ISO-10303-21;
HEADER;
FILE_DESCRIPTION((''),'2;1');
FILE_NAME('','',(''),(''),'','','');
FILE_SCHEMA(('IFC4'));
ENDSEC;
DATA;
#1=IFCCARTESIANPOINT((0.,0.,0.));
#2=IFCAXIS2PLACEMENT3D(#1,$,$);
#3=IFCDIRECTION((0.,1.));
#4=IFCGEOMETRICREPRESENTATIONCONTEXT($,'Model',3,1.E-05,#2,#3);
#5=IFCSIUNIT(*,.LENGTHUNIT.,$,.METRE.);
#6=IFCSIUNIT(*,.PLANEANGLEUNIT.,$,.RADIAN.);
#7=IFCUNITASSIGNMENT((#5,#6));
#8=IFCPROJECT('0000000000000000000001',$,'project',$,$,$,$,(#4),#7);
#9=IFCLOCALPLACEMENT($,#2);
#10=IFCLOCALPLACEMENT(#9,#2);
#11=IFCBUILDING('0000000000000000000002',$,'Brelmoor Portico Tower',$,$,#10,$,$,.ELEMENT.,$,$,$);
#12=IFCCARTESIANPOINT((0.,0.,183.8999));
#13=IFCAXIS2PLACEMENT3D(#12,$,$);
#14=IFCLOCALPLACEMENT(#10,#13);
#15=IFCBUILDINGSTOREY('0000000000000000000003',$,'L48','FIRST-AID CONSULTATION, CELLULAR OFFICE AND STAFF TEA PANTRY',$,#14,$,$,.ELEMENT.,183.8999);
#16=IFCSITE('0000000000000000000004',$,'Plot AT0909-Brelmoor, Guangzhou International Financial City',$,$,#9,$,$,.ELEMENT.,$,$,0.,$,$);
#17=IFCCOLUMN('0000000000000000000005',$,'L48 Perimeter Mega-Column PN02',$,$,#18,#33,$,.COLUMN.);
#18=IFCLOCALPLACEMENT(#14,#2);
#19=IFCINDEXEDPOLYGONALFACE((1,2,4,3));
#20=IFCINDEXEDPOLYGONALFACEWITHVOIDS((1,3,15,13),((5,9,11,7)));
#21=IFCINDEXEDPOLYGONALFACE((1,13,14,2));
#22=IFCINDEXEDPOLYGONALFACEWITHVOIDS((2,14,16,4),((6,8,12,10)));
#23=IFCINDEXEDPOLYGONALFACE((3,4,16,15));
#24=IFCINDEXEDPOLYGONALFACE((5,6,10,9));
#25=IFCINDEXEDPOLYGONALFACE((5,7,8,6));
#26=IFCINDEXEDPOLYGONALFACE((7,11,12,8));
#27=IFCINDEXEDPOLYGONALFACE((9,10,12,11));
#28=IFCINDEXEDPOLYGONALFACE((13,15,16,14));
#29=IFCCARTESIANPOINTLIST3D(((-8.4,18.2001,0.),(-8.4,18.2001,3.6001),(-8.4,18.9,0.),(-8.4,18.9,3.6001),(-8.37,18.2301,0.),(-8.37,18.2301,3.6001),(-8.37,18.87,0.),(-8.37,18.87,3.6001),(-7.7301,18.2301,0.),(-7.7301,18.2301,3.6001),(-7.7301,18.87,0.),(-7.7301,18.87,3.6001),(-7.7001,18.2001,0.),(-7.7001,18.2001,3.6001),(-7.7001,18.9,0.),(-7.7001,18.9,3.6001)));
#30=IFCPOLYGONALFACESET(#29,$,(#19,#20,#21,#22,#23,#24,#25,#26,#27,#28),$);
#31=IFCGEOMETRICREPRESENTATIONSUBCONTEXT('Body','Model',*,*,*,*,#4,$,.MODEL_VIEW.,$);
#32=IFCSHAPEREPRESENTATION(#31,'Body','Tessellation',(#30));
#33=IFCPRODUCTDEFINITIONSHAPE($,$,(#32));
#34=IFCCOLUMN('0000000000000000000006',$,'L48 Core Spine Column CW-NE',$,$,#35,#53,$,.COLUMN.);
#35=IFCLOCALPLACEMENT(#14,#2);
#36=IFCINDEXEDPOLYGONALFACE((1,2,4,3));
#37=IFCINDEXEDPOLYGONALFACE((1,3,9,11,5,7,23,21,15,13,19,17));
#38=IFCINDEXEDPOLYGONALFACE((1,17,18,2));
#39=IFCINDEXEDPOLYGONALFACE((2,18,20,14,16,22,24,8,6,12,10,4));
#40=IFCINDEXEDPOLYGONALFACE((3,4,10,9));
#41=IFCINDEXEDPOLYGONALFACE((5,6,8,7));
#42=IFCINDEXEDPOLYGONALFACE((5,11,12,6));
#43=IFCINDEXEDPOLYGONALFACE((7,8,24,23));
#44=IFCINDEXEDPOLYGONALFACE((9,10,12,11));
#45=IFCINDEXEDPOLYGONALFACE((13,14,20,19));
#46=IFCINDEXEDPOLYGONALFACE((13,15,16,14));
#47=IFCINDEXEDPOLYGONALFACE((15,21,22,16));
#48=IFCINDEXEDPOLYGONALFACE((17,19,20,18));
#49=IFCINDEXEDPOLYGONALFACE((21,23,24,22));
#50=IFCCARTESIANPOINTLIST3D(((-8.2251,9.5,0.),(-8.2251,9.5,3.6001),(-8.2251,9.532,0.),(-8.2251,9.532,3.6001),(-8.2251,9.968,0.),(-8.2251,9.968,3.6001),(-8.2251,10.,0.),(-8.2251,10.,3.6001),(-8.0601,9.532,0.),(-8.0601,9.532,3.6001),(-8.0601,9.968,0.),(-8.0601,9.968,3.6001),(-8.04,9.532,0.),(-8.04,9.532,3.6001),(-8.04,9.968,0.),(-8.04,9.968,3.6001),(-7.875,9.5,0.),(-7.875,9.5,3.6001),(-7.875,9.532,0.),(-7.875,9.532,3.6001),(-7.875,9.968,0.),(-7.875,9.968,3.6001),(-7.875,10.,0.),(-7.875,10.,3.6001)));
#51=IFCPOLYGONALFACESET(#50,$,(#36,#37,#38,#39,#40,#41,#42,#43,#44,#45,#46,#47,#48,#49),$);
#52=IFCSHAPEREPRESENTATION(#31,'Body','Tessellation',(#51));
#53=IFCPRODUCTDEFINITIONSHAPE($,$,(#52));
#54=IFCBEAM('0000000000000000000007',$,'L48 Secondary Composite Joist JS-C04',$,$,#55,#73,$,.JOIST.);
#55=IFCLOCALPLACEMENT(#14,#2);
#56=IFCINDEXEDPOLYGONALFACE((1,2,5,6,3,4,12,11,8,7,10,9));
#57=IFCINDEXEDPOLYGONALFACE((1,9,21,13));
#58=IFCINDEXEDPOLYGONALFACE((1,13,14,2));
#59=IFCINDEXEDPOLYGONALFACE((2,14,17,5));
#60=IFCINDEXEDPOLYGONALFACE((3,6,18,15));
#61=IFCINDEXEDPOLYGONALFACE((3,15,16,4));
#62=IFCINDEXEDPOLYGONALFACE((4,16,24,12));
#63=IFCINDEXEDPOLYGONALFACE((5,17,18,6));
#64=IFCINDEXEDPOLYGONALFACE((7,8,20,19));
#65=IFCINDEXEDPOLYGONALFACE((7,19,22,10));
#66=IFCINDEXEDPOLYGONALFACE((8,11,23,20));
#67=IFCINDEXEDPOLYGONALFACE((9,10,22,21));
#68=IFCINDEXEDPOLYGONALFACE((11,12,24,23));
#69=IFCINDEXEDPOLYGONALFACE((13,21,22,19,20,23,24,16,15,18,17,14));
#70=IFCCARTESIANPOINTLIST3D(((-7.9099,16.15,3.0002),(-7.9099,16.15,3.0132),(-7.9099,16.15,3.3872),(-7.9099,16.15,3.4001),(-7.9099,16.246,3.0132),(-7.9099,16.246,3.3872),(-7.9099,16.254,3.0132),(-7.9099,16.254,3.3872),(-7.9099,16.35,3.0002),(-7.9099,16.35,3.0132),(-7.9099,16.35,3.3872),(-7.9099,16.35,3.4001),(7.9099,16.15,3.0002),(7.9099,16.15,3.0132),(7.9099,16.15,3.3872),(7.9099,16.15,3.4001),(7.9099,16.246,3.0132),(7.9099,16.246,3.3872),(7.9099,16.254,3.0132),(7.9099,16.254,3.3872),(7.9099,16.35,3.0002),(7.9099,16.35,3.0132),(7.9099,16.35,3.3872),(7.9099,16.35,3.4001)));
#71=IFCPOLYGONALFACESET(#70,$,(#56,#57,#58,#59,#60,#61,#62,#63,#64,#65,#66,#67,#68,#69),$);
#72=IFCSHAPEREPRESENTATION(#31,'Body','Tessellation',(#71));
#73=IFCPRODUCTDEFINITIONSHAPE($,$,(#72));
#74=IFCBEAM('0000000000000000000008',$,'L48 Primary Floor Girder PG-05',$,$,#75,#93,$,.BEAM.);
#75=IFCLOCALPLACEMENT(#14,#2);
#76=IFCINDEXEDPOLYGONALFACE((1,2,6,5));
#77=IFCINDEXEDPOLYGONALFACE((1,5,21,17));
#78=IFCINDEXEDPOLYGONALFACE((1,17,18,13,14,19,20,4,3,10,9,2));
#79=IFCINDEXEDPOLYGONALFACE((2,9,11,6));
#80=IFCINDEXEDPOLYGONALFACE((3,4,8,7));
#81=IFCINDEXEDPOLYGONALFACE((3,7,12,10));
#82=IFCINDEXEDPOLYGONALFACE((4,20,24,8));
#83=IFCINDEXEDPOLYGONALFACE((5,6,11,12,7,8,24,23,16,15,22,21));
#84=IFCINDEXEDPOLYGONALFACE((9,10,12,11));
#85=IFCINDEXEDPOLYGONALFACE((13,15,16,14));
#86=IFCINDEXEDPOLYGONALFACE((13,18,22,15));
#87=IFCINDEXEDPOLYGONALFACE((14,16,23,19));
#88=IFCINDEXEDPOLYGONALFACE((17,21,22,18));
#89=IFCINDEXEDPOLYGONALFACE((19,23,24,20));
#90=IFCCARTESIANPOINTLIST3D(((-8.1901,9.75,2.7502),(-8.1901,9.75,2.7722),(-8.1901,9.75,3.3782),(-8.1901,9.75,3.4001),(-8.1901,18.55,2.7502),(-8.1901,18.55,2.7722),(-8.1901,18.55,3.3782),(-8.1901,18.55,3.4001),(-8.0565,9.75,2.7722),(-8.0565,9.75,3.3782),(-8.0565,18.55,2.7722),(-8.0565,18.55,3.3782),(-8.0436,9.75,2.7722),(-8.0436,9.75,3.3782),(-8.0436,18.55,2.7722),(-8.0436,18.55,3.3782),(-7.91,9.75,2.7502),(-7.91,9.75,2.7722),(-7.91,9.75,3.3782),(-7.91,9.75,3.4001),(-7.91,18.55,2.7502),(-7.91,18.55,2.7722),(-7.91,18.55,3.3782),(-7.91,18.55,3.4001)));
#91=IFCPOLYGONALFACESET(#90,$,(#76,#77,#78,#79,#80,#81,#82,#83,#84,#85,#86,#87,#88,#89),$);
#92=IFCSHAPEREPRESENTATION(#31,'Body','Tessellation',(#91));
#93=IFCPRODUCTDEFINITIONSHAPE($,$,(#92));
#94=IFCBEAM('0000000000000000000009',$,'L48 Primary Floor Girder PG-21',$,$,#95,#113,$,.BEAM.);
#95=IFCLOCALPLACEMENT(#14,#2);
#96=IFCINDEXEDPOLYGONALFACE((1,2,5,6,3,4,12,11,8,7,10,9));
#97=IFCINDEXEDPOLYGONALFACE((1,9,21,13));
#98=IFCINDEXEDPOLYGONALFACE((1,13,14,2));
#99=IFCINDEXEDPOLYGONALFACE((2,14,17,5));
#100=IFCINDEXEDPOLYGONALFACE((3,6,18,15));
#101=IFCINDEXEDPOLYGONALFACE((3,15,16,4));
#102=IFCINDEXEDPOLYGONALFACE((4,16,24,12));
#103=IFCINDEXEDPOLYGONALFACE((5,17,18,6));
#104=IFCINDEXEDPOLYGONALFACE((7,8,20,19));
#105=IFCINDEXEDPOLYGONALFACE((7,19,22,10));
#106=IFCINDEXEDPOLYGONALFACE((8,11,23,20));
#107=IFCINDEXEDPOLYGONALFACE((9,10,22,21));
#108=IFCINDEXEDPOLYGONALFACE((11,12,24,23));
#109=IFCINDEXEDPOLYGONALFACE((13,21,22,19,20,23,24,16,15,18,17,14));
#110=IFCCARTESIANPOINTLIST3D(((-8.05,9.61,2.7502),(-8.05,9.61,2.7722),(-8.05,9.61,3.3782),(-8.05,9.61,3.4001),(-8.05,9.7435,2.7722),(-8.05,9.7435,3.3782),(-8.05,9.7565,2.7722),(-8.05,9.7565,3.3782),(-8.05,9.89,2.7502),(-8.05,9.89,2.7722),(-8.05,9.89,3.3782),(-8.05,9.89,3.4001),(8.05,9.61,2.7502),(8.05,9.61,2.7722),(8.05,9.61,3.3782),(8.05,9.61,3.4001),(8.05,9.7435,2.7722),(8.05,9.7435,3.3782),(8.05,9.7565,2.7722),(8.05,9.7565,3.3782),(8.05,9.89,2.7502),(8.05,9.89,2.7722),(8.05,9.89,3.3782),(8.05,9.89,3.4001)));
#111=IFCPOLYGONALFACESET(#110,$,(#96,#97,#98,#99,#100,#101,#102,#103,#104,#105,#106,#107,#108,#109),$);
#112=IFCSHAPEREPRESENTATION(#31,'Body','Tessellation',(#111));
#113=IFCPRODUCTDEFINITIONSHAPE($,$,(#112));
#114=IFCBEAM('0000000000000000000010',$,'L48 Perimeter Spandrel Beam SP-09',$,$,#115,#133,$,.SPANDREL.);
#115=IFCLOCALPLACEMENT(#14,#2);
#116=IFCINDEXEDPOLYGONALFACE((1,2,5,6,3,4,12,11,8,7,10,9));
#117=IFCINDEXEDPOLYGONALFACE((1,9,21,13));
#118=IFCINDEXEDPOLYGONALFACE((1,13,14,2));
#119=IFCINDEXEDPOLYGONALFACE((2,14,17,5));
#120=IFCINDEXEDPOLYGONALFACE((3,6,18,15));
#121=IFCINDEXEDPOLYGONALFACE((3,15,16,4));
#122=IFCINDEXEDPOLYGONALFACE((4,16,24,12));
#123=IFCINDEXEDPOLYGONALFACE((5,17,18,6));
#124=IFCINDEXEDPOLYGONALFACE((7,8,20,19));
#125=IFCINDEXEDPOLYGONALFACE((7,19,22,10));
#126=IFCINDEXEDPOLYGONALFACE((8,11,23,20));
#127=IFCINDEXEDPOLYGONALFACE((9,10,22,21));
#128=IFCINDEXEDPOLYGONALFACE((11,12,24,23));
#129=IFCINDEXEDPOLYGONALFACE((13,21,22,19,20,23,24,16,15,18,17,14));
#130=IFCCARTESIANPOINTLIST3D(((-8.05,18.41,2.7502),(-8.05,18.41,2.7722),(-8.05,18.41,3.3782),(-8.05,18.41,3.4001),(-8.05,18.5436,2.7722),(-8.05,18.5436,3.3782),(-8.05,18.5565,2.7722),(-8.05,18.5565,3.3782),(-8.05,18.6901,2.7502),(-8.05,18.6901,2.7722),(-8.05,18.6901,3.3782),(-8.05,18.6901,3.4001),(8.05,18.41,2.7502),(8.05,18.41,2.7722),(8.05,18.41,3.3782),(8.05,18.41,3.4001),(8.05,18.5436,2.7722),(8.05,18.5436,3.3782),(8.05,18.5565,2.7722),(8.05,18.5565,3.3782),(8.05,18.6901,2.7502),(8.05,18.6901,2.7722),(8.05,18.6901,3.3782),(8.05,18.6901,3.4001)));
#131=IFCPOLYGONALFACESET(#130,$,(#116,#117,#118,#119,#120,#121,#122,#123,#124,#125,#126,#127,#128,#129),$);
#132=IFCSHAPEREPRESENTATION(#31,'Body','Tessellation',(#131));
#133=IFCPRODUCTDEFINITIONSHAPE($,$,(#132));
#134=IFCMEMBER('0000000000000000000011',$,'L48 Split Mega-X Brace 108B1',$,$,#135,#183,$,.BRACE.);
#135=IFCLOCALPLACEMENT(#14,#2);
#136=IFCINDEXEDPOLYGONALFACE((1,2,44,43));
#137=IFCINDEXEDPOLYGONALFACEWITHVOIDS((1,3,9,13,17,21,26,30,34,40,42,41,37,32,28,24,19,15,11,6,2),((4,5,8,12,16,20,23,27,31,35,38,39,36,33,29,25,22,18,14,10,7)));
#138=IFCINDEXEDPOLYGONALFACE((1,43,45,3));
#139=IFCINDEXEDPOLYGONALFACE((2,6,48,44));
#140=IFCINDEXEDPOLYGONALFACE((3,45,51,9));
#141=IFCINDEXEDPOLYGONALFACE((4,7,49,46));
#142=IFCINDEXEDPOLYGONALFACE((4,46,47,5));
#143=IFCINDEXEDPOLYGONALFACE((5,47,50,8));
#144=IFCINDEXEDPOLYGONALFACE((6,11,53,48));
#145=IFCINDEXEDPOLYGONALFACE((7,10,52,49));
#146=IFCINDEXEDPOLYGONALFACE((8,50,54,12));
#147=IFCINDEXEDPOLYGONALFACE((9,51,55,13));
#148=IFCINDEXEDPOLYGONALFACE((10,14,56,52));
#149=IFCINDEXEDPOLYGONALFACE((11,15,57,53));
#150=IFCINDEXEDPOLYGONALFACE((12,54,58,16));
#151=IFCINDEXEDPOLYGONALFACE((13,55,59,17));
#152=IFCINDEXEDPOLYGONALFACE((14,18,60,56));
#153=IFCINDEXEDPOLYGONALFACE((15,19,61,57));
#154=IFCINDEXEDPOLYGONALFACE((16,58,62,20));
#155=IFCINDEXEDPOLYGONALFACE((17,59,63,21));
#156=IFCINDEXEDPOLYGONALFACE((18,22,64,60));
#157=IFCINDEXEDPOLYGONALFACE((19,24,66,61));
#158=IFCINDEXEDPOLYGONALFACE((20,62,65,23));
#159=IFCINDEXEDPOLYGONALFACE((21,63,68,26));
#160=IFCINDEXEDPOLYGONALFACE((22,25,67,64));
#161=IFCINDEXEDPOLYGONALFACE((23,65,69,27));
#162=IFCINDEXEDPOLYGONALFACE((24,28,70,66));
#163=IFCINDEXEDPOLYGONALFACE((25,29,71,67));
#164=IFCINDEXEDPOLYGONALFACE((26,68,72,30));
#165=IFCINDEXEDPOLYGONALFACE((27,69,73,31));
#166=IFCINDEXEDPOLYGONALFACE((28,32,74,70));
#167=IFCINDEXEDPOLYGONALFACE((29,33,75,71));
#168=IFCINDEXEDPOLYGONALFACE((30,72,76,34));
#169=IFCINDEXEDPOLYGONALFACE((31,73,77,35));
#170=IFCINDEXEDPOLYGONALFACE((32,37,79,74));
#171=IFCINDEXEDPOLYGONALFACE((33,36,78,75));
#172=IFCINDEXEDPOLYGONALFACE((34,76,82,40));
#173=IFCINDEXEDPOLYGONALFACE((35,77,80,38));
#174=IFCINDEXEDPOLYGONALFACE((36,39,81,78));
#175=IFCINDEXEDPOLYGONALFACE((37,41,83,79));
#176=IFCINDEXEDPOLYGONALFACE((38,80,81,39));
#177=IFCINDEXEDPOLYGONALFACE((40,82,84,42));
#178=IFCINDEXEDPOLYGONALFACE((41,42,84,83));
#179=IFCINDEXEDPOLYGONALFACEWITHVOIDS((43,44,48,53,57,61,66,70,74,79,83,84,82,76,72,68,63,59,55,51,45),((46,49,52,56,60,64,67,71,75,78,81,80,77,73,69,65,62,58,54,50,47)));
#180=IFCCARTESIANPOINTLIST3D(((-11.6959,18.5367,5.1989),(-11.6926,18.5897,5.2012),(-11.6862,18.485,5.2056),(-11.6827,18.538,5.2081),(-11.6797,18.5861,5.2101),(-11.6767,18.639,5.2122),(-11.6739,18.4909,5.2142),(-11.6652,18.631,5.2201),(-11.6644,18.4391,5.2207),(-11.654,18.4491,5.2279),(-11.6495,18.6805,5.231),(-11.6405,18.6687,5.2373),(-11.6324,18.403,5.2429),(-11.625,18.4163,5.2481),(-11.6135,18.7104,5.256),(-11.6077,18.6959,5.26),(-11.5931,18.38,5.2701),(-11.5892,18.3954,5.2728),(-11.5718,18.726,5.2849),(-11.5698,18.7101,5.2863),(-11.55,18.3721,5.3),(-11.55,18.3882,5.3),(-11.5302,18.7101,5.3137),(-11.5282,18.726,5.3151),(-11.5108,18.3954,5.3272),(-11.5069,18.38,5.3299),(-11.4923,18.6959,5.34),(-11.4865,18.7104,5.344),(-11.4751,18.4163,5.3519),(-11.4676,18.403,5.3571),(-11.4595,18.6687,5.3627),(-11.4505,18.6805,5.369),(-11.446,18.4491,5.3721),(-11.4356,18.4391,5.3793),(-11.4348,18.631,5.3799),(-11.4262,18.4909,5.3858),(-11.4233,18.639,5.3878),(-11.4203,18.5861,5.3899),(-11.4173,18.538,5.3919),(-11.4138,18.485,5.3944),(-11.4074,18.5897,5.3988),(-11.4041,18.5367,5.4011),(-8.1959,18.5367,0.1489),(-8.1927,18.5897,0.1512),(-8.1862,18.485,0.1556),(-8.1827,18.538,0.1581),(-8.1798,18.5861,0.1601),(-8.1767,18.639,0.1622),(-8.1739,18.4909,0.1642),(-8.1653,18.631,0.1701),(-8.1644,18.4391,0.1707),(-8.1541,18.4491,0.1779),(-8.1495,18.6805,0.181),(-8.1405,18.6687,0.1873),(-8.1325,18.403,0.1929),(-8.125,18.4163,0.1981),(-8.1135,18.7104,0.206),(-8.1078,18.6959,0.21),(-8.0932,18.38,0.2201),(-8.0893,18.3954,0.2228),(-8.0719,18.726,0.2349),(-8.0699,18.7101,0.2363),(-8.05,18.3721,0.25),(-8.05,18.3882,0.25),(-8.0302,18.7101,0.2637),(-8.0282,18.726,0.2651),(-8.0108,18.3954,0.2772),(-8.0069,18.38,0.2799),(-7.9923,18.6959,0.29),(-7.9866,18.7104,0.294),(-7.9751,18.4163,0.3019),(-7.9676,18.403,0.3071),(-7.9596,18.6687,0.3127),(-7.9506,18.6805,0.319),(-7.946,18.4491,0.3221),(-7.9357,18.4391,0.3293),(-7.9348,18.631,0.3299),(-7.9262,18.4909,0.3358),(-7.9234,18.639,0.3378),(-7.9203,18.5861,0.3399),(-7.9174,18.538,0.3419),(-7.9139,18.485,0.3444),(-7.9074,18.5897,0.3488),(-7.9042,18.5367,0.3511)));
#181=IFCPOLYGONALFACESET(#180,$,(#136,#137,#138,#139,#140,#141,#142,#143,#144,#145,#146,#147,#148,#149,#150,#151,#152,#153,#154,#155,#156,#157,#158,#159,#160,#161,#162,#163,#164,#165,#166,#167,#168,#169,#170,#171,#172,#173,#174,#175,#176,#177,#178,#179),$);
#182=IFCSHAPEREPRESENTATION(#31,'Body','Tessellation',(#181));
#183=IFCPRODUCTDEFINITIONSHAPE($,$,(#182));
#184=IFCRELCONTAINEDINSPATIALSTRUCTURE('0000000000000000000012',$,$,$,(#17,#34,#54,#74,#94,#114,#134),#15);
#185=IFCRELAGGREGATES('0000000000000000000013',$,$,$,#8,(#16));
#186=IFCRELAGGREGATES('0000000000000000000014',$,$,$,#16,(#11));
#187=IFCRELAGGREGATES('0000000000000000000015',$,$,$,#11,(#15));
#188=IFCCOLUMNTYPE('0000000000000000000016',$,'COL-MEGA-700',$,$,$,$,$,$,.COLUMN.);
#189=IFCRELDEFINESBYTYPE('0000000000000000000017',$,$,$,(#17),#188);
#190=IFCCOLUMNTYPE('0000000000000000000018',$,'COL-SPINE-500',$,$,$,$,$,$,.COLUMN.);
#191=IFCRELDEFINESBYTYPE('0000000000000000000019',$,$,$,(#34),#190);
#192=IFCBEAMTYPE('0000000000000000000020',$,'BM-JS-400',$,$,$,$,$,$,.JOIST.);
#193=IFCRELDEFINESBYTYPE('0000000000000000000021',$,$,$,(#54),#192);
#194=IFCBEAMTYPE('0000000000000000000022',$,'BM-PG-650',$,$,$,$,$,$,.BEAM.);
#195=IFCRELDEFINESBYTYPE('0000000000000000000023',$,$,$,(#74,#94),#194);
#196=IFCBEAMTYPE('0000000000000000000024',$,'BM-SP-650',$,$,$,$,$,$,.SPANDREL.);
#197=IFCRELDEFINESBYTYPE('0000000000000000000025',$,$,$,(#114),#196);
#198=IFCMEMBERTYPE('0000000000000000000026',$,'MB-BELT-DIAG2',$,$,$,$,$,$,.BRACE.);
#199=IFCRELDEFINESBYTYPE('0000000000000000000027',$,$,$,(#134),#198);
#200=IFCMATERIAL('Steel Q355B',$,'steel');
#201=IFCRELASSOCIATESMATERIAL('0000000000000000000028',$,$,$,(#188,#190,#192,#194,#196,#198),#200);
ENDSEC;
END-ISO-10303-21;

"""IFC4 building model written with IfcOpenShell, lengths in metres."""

from ifc_helpers import new_model, si_unit, direction, frame, origin, origin_2d, place, context, subcontext, project, spatial, hollow_rectangle, hollow_circle, i_section, extrude, material, material_profile, profile_set, type_object, element, save


model = new_model("IFC4")

# Units and contexts
model_context = context("Model", 3, precision=1e-05, world=origin(), true_north=direction((0.0, 1.0)))
body_context = subcontext(model_context, "Body", "Model", "MODEL_VIEW")
ifc_project = project(units=[si_unit("LENGTHUNIT", "METRE"), si_unit("PLANEANGLEUNIT", "RADIAN")], contexts=[model_context])

# Site, building, storey
site_placement = place(None, origin())
site = spatial("IfcSite", under=ifc_project, at=site_placement, Name="Plot AT0909-Brelmoor, Guangzhou International Financial City", CompositionType="ELEMENT", RefElevation=0.0)
building_placement = place(site_placement, origin())
building = spatial("IfcBuilding", under=site, at=building_placement, Name="Brelmoor Portico Tower", CompositionType="ELEMENT")
storey_placement = place(building_placement, frame((0.0, 0.0, 183.8999)))
storey = spatial("IfcBuildingStorey", under=building, at=storey_placement, Name="L48", Description="FIRST-AID CONSULTATION, CELLULAR OFFICE AND STAFF TEA PANTRY", CompositionType="ELEMENT", Elevation=183.8999)

# Columns
ifc_material_1 = material(Name="Steel Q355B", Category="steel")
ifc_material_profile_1 = material_profile(ifc_material_1, hollow_rectangle(XDim=0.7, YDim=0.7, WallThickness=0.03, at=origin_2d()), Name="BOX 700x700x30")
ifc_profile_set_1 = profile_set([ifc_material_profile_1], Name="Steel Q355B")
column_type_1 = type_object("IfcColumnType", Name="COL-MEGA-700", PredefinedType="COLUMN", material=ifc_profile_set_1)
column_1_placement = place(storey_placement, frame((-8.05, 18.55, 0.0), z_axis=(0.0, 0.0, 1.0), x_axis=(1.0, 0.0, 0.0)))
element("IfcColumn", 1, at=column_1_placement, inside=storey, type_object=column_type_1, Name="L48 Perimeter Mega-Column PN02", PredefinedType="COLUMN", context=body_context, shape_type="SweptSolid", body=[
    extrude(hollow_rectangle(XDim=0.7, YDim=0.7, WallThickness=0.03, at=origin_2d()), origin(), (0.0, 0.0, 1.0), 3.6001),
])
ifc_material_profile_2 = material_profile(ifc_material_1, i_section(OverallWidth=0.3501, OverallDepth=0.5, WebThickness=0.02, FlangeThickness=0.032, at=origin_2d()), Name="HW 500x350x20x32")
ifc_profile_set_2 = profile_set([ifc_material_profile_2], Name="Steel Q355B")
column_type_2 = type_object("IfcColumnType", Name="COL-SPINE-500", PredefinedType="COLUMN", material=ifc_profile_set_2)
column_2_placement = place(storey_placement, frame((-8.05, 9.75, 0.0), z_axis=(0.0, 0.0, 1.0), x_axis=(1.0, 0.0, 0.0)))
element("IfcColumn", 2, at=column_2_placement, inside=storey, type_object=column_type_2, Name="L48 Core Spine Column CW-NE", PredefinedType="COLUMN", context=body_context, shape_type="SweptSolid", body=[
    extrude(i_section(OverallWidth=0.3501, OverallDepth=0.5, WebThickness=0.02, FlangeThickness=0.032, at=origin_2d()), origin(), (0.0, 0.0, 1.0), 3.6001),
])

# Beams
ifc_material_profile_3 = material_profile(ifc_material_1, i_section(OverallWidth=0.2, OverallDepth=0.3999, WebThickness=0.0081, FlangeThickness=0.0129, at=origin_2d()), Name="HN 400x200x8x13")
ifc_profile_set_3 = profile_set([ifc_material_profile_3], Name="Steel Q355B")
beam_type_1 = type_object("IfcBeamType", Name="BM-JS-400", PredefinedType="JOIST", material=ifc_profile_set_3)
beam_1_placement = place(storey_placement, frame((-7.9099, 16.25, 3.2002), z_axis=(1.0, 0.0, 0.0), x_axis=(0.0, 1.0, 0.0)))
element("IfcBeam", 3, at=beam_1_placement, inside=storey, type_object=beam_type_1, Name="L48 Secondary Composite Joist JS-C04", PredefinedType="JOIST", context=body_context, shape_type="SweptSolid", body=[
    extrude(i_section(OverallWidth=0.2, OverallDepth=0.3999, WebThickness=0.0081, FlangeThickness=0.0129, at=origin_2d()), origin(), (0.0, 0.0, 1.0), 15.8198),
])
ifc_material_profile_4 = material_profile(ifc_material_1, i_section(OverallWidth=0.28, OverallDepth=0.6499, WebThickness=0.0129, FlangeThickness=0.022, at=origin_2d()), Name="HN 650x280x13x22")
ifc_profile_set_4 = profile_set([ifc_material_profile_4], Name="Steel Q355B")
beam_type_2 = type_object("IfcBeamType", Name="BM-PG-650", PredefinedType="BEAM", material=ifc_profile_set_4)
beam_2_placement = place(storey_placement, frame((-8.05, 9.75, 3.0752), z_axis=(0.0, 1.0, 0.0), x_axis=(-1.0, 0.0, 0.0)))
element("IfcBeam", 4, at=beam_2_placement, inside=storey, type_object=beam_type_2, Name="L48 Primary Floor Girder PG-05", PredefinedType="BEAM", context=body_context, shape_type="SweptSolid", body=[
    extrude(i_section(OverallWidth=0.28, OverallDepth=0.6499, WebThickness=0.0129, FlangeThickness=0.022, at=origin_2d()), origin(), (0.0, 0.0, 1.0), 8.8),
])
beam_3_placement = place(storey_placement, frame((-8.05, 9.75, 3.0752), z_axis=(1.0, 0.0, 0.0), x_axis=(0.0, 1.0, 0.0)))
element("IfcBeam", 5, at=beam_3_placement, inside=storey, type_object=beam_type_2, Name="L48 Primary Floor Girder PG-21", PredefinedType="BEAM", context=body_context, shape_type="SweptSolid", body=[
    extrude(i_section(OverallWidth=0.28, OverallDepth=0.6499, WebThickness=0.0129, FlangeThickness=0.022, at=origin_2d()), origin(), (0.0, 0.0, 1.0), 16.1001),
])
ifc_material_profile_5 = material_profile(ifc_material_1, i_section(OverallWidth=0.28, OverallDepth=0.6499, WebThickness=0.0129, FlangeThickness=0.022, at=origin_2d()), Name="HN 650x280x13x22")
ifc_profile_set_5 = profile_set([ifc_material_profile_5], Name="Steel Q355B")
beam_type_3 = type_object("IfcBeamType", Name="BM-SP-650", PredefinedType="SPANDREL", material=ifc_profile_set_5)
beam_4_placement = place(storey_placement, frame((-8.05, 18.55, 3.0752), z_axis=(1.0, 0.0, 0.0), x_axis=(0.0, 1.0, 0.0)))
element("IfcBeam", 6, at=beam_4_placement, inside=storey, type_object=beam_type_3, Name="L48 Perimeter Spandrel Beam SP-09", PredefinedType="SPANDREL", context=body_context, shape_type="SweptSolid", body=[
    extrude(i_section(OverallWidth=0.28, OverallDepth=0.6499, WebThickness=0.0129, FlangeThickness=0.022, at=origin_2d()), origin(), (0.0, 0.0, 1.0), 16.1001),
])

# Member
ifc_material_profile_6 = material_profile(ifc_material_1, hollow_circle(Radius=0.178, WallThickness=0.0161, at=origin_2d()), Name="CHS 356x16")
ifc_profile_set_6 = profile_set([ifc_material_profile_6], Name="Steel Q355B")
member_type_1 = type_object("IfcMemberType", Name="MB-BELT-DIAG2", PredefinedType="BRACE", material=ifc_profile_set_6)
for number, where, z_axis, x_axis, name in (
    (7, (-8.05, 18.55, 0.25), (-0.569629, 0.0, 0.821902), (0.0, -1.0, 0.0), "L48 Split Mega-X Brace 108B1"),
):
    element("IfcMember", number, at=place(storey_placement, frame(where, z_axis=z_axis, x_axis=x_axis)), inside=storey, type_object=member_type_1, Name=name, PredefinedType="BRACE", context=body_context, shape_type="SweptSolid", body=[
        extrude(hollow_circle(Radius=0.178, WallThickness=0.0161, at=origin_2d()), origin(), (0.0, 0.0, 1.0), 6.1443),
    ])

save(model, "model.ifc")
